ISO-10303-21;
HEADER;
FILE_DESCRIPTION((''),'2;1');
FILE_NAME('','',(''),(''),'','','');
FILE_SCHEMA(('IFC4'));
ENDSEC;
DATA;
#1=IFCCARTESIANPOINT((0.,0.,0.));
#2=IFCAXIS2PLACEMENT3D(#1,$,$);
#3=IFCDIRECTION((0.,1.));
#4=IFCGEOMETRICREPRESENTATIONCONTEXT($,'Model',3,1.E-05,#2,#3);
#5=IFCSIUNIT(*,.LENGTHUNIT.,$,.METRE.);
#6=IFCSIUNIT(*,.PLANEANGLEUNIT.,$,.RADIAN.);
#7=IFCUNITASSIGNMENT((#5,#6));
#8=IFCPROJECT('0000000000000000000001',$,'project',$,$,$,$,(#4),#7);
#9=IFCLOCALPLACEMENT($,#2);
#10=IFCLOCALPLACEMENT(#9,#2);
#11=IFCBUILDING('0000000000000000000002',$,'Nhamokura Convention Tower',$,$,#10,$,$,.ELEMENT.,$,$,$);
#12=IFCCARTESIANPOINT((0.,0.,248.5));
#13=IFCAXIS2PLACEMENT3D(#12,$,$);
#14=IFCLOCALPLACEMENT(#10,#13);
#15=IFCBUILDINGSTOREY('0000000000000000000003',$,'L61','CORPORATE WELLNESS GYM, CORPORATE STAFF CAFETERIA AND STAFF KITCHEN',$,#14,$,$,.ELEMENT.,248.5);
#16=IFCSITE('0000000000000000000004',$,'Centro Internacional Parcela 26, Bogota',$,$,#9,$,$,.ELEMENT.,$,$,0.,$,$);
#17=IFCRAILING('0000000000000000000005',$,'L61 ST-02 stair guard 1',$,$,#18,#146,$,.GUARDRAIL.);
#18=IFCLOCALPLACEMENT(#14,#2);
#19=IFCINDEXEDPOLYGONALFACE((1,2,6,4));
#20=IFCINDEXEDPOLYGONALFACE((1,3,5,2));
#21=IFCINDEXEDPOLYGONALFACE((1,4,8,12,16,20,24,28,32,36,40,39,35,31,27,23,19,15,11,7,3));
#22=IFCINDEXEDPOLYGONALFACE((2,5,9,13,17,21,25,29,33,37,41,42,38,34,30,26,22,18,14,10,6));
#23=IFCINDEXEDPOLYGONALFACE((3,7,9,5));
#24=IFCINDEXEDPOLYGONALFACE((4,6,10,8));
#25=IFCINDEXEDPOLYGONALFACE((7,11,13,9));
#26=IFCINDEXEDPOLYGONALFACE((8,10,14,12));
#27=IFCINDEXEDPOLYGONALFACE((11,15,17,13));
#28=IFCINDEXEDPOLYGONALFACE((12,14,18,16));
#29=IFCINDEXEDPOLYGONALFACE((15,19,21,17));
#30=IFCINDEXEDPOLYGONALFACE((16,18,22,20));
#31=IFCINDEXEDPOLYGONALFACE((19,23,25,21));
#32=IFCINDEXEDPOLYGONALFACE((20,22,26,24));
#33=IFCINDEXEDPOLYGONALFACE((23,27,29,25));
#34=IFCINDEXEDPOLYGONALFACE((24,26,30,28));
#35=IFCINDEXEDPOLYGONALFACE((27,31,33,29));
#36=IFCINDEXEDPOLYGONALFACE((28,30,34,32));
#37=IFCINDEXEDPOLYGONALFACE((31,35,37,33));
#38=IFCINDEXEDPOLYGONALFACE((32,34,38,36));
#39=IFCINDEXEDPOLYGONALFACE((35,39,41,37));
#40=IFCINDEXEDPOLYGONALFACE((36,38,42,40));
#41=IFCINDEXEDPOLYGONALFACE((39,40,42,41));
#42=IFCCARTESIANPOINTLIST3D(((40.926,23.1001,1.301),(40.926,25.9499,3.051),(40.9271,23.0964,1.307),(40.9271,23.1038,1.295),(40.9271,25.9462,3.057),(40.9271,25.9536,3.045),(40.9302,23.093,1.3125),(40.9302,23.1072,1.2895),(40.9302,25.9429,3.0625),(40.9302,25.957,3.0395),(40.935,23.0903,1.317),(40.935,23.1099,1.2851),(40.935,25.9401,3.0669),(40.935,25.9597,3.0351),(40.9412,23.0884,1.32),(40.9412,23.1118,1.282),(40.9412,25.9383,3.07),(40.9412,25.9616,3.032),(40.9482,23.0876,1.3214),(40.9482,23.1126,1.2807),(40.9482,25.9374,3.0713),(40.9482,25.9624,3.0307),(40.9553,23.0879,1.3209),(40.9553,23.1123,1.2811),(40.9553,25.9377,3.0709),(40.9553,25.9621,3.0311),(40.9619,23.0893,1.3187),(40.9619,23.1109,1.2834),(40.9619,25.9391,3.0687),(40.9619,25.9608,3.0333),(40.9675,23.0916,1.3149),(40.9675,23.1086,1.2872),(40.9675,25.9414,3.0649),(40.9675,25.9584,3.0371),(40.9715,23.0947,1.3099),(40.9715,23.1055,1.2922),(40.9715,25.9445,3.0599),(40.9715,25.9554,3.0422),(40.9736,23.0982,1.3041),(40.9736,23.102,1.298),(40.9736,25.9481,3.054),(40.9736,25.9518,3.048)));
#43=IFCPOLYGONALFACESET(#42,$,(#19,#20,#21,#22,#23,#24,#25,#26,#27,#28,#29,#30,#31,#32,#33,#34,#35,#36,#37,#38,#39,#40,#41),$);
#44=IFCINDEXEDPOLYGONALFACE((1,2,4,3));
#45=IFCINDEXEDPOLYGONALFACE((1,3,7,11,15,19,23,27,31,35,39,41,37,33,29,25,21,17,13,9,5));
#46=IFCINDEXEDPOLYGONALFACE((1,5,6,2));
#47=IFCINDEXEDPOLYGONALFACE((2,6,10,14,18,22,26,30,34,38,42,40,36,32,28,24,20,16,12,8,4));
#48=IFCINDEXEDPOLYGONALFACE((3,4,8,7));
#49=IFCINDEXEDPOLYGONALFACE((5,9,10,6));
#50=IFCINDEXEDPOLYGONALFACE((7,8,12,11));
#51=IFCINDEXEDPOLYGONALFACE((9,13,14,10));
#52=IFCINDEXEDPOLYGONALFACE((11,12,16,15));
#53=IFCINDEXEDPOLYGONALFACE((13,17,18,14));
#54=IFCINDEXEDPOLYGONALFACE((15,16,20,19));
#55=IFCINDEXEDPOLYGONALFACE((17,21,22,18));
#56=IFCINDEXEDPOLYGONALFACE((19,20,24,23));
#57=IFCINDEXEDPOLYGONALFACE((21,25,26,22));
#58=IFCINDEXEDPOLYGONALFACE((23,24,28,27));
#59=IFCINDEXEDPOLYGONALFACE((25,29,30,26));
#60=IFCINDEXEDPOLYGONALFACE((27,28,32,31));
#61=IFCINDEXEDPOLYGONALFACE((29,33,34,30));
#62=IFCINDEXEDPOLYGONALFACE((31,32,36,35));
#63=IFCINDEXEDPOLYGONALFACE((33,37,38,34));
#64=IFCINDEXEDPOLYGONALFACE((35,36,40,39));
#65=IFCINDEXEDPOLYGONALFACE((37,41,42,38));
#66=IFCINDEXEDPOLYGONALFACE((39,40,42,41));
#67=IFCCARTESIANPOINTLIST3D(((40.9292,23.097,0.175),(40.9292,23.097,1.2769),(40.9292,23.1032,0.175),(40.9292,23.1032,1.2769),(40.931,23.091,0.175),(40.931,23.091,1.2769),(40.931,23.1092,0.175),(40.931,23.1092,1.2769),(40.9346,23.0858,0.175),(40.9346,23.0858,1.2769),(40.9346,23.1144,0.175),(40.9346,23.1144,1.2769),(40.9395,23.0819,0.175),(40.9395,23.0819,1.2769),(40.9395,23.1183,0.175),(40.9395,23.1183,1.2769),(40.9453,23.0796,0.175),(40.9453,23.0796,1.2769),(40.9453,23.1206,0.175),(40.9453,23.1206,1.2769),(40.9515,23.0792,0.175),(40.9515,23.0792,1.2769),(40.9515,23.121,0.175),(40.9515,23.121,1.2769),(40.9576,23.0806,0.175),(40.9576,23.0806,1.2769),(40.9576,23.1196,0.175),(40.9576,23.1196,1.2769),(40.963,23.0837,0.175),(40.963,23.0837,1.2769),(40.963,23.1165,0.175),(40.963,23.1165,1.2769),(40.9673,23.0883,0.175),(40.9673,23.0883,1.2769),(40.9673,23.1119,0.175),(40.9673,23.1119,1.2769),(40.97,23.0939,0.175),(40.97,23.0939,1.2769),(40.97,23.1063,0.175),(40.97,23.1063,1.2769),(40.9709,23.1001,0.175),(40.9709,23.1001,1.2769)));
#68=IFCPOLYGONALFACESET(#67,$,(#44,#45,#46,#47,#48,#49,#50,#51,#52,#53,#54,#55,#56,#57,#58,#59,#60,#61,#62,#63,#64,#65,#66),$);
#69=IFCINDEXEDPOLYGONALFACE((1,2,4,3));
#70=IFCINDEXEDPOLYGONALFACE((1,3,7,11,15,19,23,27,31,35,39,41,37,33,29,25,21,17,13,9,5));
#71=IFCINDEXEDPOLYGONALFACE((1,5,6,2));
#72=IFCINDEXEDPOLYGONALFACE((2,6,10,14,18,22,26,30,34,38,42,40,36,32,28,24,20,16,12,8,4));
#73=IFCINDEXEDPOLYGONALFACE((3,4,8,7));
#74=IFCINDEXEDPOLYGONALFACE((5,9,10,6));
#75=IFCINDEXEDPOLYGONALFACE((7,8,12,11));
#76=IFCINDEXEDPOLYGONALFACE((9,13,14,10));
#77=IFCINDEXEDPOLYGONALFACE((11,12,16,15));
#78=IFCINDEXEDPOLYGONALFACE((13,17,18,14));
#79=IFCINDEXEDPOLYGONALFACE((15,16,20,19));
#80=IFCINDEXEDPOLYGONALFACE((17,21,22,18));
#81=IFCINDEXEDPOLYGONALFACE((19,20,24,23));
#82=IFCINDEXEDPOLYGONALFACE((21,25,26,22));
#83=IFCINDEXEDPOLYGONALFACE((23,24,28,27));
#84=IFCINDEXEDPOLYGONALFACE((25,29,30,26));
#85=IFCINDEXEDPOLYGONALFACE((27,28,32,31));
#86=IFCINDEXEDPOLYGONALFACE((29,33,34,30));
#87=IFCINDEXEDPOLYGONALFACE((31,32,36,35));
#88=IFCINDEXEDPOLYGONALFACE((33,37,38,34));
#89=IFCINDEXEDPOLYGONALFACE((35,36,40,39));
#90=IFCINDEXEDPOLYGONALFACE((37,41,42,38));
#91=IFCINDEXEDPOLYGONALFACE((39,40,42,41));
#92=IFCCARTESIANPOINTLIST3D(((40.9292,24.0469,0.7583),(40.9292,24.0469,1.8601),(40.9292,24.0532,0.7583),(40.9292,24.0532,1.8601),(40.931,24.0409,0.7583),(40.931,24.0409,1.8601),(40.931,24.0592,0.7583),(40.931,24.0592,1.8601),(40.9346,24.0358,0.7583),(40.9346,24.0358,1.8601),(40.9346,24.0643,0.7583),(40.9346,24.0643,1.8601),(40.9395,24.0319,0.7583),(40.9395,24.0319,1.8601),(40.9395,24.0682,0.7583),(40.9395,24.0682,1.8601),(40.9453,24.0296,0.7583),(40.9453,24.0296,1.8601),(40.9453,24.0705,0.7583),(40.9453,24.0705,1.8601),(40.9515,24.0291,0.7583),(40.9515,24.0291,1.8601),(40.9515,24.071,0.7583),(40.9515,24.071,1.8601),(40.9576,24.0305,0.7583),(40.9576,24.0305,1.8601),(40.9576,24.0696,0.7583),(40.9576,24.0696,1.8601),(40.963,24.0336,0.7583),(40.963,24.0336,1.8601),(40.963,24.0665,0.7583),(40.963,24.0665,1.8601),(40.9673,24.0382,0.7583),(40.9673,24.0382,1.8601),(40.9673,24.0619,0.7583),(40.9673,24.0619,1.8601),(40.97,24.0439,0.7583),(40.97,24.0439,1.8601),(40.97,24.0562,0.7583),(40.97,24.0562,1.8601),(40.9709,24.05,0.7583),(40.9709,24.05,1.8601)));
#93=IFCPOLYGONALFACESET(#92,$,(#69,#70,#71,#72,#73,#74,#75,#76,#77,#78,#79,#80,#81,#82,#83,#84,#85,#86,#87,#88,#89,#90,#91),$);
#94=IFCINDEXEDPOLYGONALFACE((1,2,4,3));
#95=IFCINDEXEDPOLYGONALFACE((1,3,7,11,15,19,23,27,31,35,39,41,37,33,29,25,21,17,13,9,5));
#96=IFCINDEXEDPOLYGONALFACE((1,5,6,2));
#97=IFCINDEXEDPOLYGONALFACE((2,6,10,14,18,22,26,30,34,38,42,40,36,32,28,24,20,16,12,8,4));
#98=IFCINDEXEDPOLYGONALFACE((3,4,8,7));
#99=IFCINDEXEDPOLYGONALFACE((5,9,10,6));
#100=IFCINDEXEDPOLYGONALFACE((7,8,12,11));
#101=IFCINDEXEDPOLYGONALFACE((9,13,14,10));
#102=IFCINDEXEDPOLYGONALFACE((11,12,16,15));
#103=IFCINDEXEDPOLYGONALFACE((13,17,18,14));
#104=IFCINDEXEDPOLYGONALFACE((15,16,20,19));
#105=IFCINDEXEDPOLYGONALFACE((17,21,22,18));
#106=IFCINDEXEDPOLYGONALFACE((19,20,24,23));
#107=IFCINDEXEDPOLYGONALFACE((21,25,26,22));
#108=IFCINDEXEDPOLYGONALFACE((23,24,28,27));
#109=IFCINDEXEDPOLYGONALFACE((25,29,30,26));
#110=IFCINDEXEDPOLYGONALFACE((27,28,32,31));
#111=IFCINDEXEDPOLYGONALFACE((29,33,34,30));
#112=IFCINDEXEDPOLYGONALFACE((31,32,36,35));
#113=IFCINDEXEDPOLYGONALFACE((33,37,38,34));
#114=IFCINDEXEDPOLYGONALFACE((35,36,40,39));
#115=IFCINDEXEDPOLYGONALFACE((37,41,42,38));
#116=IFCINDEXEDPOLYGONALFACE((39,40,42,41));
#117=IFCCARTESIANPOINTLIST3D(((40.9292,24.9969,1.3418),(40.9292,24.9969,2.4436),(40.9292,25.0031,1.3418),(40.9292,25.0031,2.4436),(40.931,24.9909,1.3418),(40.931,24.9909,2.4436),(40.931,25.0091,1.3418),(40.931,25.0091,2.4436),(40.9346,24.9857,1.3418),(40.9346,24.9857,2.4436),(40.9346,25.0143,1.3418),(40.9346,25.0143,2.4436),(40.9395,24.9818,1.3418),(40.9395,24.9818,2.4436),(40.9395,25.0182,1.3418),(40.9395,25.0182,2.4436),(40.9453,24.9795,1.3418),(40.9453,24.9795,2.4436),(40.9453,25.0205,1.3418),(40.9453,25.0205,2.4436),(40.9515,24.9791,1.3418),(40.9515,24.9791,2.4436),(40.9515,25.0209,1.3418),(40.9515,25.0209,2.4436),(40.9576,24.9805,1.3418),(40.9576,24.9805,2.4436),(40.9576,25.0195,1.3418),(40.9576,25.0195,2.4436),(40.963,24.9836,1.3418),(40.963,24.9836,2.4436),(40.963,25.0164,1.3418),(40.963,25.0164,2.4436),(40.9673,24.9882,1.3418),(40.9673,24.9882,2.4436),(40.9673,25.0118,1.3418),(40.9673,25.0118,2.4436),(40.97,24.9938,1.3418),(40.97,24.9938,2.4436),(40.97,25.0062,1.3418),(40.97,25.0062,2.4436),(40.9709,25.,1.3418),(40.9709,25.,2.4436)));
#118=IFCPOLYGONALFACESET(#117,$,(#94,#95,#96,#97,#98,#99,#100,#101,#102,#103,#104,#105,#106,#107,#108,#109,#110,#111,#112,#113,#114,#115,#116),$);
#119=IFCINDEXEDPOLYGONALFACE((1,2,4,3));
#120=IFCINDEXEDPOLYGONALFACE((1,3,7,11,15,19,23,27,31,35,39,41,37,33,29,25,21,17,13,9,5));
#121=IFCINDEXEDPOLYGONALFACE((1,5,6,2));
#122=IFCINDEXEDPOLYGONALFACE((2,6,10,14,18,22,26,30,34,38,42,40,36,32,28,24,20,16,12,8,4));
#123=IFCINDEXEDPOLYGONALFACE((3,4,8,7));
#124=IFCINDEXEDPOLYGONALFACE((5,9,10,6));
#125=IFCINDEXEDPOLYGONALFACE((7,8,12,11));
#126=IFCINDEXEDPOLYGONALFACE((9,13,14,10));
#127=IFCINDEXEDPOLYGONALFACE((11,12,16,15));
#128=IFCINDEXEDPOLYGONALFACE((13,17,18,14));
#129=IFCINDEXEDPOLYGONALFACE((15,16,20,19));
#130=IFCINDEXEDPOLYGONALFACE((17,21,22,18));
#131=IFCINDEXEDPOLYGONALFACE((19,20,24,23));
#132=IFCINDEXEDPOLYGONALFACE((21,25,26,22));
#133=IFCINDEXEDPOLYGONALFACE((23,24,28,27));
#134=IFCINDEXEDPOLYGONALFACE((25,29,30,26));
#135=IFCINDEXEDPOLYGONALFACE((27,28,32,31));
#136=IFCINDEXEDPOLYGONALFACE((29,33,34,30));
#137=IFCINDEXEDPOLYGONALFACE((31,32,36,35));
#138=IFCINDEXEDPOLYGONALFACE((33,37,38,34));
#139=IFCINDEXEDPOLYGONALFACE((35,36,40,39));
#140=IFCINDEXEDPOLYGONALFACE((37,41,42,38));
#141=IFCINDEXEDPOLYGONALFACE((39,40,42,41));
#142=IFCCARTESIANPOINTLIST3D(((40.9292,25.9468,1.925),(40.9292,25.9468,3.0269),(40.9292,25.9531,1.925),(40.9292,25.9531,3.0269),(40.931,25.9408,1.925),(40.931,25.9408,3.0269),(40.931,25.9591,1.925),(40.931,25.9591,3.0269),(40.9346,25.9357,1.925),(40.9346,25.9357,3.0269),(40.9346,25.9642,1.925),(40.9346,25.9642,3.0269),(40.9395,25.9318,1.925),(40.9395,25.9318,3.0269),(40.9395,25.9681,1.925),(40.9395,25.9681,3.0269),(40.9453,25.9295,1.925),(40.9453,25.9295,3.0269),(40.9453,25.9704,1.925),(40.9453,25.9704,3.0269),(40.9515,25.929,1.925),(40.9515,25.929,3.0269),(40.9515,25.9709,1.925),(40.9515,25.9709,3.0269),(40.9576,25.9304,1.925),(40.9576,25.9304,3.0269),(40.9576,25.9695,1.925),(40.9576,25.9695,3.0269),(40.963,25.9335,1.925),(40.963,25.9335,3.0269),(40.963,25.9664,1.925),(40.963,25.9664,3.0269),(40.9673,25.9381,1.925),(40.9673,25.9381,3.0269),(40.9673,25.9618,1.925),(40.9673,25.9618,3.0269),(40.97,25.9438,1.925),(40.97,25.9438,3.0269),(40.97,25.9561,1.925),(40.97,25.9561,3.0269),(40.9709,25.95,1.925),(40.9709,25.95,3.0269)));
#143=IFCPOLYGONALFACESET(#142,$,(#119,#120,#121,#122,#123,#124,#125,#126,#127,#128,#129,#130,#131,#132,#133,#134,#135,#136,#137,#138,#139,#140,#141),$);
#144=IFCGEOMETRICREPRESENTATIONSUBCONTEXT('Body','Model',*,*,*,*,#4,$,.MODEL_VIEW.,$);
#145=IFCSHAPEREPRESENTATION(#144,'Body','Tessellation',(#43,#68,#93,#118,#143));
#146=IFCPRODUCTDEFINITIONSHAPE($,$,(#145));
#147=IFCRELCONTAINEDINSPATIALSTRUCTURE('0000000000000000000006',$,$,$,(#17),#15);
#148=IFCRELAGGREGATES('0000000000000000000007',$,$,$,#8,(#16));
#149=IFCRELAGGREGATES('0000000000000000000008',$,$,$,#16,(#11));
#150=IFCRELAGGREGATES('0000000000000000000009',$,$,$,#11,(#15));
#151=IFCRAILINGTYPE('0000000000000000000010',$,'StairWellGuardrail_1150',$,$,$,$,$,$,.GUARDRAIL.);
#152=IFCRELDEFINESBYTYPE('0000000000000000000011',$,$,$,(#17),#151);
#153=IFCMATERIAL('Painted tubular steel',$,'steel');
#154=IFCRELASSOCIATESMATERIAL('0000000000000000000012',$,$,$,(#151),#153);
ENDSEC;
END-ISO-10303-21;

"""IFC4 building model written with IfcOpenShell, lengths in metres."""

from ifc_helpers import new_model, si_unit, direction, frame, origin, origin_2d, place, context, subcontext, project, spatial, circle, extrude, material, type_object, element, save


model = new_model("IFC4")

# Units and contexts
model_context = context("Model", 3, precision=1e-05, world=origin(), true_north=direction((0.0, 1.0)))
body_context = subcontext(model_context, "Body", "Model", "MODEL_VIEW")
ifc_project = project(units=[si_unit("LENGTHUNIT", "METRE"), si_unit("PLANEANGLEUNIT", "RADIAN")], contexts=[model_context])

# Site, building, storey
site_placement = place(None, origin())
site = spatial("IfcSite", under=ifc_project, at=site_placement, Name="Centro Internacional Parcela 26, Bogota", CompositionType="ELEMENT", RefElevation=0.0)
building_placement = place(site_placement, origin())
building = spatial("IfcBuilding", under=site, at=building_placement, Name="Nhamokura Convention Tower", CompositionType="ELEMENT")
storey_placement = place(building_placement, frame((0.0, 0.0, 248.5)))
storey = spatial("IfcBuildingStorey", under=building, at=storey_placement, Name="L61", Description="CORPORATE WELLNESS GYM, CORPORATE STAFF CAFETERIA AND STAFF KITCHEN", CompositionType="ELEMENT", Elevation=248.5)

# Railing
ifc_material_1 = material(Name="Painted tubular steel", Category="steel")
railing_type_1 = type_object("IfcRailingType", Name="StairWellGuardrail_1150", PredefinedType="GUARDRAIL", material=ifc_material_1)
railing_1_placement = place(storey_placement, frame((40.95, 23.1001, 0.175)))
element("IfcRailing", 1, at=railing_1_placement, inside=storey, type_object=railing_type_1, Name="L61 ST-02 stair guard 1", PredefinedType="GUARDRAIL", context=body_context, shape_type="SweptSolid", body=[
    extrude(circle(Radius=0.0239, at=origin_2d()), frame((0.0, 0.0, 1.126), z_axis=(0.0, 0.852159, 0.523283), x_axis=(-1.0, 0.0, 0.0)), (0.0, 0.0, 1.0), 3.3442),
    extrude(circle(Radius=0.021, at=origin_2d()), origin(), (0.0, 0.0, 1.0), 1.1018),
    extrude(circle(Radius=0.021, at=origin_2d()), frame((0.0, 0.95, 0.5833)), (0.0, 0.0, 1.0), 1.1018),
    extrude(circle(Radius=0.021, at=origin_2d()), frame((0.0, 1.8999, 1.1667)), (0.0, 0.0, 1.0), 1.1018),
    extrude(circle(Radius=0.021, at=origin_2d()), frame((0.0, 2.8499, 1.75)), (0.0, 0.0, 1.0), 1.1018),
])

save(model, "model.ifc")
